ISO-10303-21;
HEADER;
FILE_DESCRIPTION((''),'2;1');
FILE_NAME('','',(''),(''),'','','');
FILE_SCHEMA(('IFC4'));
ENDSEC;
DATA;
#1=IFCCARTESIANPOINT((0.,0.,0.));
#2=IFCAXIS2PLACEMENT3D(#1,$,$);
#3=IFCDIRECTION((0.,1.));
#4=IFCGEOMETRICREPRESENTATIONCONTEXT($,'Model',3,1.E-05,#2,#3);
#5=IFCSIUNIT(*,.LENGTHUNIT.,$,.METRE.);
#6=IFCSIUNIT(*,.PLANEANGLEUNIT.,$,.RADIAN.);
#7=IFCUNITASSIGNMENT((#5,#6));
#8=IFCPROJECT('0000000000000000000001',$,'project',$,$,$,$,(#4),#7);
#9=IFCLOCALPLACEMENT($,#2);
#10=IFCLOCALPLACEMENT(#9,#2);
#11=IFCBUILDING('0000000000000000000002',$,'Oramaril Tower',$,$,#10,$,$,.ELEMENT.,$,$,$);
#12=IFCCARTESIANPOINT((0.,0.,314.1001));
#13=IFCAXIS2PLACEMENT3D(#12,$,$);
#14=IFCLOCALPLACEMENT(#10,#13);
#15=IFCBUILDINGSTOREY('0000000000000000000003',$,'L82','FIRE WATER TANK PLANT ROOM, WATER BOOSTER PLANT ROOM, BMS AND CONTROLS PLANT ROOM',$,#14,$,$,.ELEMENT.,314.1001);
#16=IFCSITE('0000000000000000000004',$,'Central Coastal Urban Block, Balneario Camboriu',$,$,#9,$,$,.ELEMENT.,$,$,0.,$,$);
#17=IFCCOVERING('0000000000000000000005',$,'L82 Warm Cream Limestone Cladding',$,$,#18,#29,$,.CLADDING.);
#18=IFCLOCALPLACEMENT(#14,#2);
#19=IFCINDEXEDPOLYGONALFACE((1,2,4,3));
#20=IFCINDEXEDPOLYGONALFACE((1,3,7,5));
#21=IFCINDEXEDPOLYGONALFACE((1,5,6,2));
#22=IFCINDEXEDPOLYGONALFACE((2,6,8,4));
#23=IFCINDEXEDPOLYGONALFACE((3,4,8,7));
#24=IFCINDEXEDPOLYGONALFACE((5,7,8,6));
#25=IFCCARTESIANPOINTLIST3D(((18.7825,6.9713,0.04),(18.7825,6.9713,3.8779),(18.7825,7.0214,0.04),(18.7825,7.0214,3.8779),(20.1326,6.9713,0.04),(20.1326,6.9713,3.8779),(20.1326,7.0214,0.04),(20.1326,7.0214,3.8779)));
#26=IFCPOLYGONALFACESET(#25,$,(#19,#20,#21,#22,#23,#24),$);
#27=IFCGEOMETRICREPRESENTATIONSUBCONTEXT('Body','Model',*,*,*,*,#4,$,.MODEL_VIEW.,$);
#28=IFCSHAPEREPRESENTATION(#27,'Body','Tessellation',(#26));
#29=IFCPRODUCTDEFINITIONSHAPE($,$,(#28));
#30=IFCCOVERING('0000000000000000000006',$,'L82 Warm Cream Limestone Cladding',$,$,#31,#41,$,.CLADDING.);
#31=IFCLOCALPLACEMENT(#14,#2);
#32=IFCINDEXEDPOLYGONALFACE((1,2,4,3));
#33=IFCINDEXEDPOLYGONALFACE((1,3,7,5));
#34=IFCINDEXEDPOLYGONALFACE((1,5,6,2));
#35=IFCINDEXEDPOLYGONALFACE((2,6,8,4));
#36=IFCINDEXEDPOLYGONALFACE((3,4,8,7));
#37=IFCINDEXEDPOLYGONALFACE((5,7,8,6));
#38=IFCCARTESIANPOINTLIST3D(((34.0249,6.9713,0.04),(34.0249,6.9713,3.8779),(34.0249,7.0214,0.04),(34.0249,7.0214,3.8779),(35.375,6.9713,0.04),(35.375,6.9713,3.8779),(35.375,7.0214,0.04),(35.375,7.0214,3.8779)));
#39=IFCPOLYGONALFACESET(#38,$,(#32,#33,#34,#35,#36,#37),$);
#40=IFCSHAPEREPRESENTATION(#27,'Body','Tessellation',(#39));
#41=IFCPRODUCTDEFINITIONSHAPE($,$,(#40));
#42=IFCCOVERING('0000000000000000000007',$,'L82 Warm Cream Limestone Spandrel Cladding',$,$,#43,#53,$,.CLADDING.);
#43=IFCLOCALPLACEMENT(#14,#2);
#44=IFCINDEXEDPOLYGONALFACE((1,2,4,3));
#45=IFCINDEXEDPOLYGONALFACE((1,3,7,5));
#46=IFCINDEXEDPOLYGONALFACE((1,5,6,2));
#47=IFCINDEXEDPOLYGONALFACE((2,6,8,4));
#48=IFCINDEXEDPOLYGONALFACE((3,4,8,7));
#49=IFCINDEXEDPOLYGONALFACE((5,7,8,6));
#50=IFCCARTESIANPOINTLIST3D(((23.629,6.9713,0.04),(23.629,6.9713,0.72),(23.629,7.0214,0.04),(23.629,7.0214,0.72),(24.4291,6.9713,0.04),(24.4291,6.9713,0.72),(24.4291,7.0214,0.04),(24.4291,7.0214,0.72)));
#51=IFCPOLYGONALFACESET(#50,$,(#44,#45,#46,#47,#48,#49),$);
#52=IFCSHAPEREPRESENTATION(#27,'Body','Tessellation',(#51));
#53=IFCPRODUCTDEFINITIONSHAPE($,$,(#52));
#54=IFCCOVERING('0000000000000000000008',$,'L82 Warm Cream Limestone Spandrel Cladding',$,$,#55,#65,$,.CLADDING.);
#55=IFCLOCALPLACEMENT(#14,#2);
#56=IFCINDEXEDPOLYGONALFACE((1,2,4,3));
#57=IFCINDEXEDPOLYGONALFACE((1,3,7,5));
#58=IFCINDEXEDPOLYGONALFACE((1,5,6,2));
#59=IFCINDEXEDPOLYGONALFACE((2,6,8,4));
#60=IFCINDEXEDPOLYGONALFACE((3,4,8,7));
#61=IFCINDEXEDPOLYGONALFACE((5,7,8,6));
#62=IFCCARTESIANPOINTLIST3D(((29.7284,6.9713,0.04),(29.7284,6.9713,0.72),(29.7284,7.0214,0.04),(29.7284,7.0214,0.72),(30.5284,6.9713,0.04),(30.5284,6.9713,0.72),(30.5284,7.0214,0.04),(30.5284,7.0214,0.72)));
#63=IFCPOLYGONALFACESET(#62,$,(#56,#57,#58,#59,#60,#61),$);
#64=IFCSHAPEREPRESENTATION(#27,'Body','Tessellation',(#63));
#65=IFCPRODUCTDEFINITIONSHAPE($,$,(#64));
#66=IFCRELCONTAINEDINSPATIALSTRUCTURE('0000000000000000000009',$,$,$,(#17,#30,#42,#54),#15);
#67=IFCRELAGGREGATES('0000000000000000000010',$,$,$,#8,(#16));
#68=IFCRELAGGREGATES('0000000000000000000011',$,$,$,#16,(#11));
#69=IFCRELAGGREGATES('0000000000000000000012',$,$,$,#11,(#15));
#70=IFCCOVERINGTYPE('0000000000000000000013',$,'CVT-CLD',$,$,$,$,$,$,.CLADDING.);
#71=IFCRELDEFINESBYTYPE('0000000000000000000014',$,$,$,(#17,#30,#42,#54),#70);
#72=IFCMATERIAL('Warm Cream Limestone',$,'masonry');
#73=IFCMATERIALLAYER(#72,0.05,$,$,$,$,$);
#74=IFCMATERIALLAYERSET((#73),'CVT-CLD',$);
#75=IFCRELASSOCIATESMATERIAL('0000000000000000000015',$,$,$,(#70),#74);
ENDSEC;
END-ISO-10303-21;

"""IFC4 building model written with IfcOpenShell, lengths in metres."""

from ifc_helpers import new_model, si_unit, direction, frame, origin, origin_2d, place, context, subcontext, project, spatial, rectangle, extrude, material, layer, layer_set, type_object, element, save


model = new_model("IFC4")

# Units and contexts
model_context = context("Model", 3, precision=1e-05, world=origin(), true_north=direction((0.0, 1.0)))
body_context = subcontext(model_context, "Body", "Model", "MODEL_VIEW")
ifc_project = project(units=[si_unit("LENGTHUNIT", "METRE"), si_unit("PLANEANGLEUNIT", "RADIAN")], contexts=[model_context])

# Site, building, storey
site_placement = place(None, origin())
site = spatial("IfcSite", under=ifc_project, at=site_placement, Name="Central Coastal Urban Block, Balneario Camboriu", CompositionType="ELEMENT", RefElevation=0.0)
building_placement = place(site_placement, origin())
building = spatial("IfcBuilding", under=site, at=building_placement, Name="Oramaril Tower", CompositionType="ELEMENT")
storey_placement = place(building_placement, frame((0.0, 0.0, 314.1001)))
storey = spatial("IfcBuildingStorey", under=building, at=storey_placement, Name="L82", Description="FIRE WATER TANK PLANT ROOM, WATER BOOSTER PLANT ROOM, BMS AND CONTROLS PLANT ROOM", CompositionType="ELEMENT", Elevation=314.1001)

# Coverings
ifc_material_1 = material(Name="Warm Cream Limestone", Category="masonry")
ifc_layer_1 = layer(ifc_material_1, 0.05)
ifc_layer_set_1 = layer_set([ifc_layer_1], Name="CVT-CLD")
covering_type = type_object("IfcCoveringType", Name="CVT-CLD", PredefinedType="CLADDING", material=ifc_layer_set_1)
for number, where, z_axis, x_axis, name in (
    (1, (19.4575, 6.9963, 0.04), (0.0, 0.0, 1.0), (1.0, 0.0, 0.0), "L82 Warm Cream Limestone Cladding"),
    (2, (34.7, 6.9963, 0.04), (0.0, 0.0, 1.0), (1.0, 0.0, 0.0), "L82 Warm Cream Limestone Cladding"),
):
    element("IfcCovering", number, at=place(storey_placement, frame(where, z_axis=z_axis, x_axis=x_axis)), inside=storey, type_object=covering_type, Name=name, PredefinedType="CLADDING", context=body_context, shape_type="SweptSolid", body=[
        extrude(rectangle(XDim=1.3501, YDim=0.05, at=origin_2d()), origin(), (0.0, 0.0, 1.0), 3.8379),
    ])
for number, where, z_axis, x_axis, name in (
    (3, (24.0291, 6.9963, 0.04), (0.0, 0.0, 1.0), (1.0, 0.0, 0.0), "L82 Warm Cream Limestone Spandrel Cladding"),
    (4, (30.1284, 6.9963, 0.04), (0.0, 0.0, 1.0), (1.0, 0.0, 0.0), "L82 Warm Cream Limestone Spandrel Cladding"),
):
    element("IfcCovering", number, at=place(storey_placement, frame(where, z_axis=z_axis, x_axis=x_axis)), inside=storey, type_object=covering_type, Name=name, PredefinedType="CLADDING", context=body_context, shape_type="SweptSolid", body=[
        extrude(rectangle(XDim=0.8, YDim=0.05, at=origin_2d()), origin(), (0.0, 0.0, 1.0), 0.6799),
    ])

save(model, "model.ifc")
